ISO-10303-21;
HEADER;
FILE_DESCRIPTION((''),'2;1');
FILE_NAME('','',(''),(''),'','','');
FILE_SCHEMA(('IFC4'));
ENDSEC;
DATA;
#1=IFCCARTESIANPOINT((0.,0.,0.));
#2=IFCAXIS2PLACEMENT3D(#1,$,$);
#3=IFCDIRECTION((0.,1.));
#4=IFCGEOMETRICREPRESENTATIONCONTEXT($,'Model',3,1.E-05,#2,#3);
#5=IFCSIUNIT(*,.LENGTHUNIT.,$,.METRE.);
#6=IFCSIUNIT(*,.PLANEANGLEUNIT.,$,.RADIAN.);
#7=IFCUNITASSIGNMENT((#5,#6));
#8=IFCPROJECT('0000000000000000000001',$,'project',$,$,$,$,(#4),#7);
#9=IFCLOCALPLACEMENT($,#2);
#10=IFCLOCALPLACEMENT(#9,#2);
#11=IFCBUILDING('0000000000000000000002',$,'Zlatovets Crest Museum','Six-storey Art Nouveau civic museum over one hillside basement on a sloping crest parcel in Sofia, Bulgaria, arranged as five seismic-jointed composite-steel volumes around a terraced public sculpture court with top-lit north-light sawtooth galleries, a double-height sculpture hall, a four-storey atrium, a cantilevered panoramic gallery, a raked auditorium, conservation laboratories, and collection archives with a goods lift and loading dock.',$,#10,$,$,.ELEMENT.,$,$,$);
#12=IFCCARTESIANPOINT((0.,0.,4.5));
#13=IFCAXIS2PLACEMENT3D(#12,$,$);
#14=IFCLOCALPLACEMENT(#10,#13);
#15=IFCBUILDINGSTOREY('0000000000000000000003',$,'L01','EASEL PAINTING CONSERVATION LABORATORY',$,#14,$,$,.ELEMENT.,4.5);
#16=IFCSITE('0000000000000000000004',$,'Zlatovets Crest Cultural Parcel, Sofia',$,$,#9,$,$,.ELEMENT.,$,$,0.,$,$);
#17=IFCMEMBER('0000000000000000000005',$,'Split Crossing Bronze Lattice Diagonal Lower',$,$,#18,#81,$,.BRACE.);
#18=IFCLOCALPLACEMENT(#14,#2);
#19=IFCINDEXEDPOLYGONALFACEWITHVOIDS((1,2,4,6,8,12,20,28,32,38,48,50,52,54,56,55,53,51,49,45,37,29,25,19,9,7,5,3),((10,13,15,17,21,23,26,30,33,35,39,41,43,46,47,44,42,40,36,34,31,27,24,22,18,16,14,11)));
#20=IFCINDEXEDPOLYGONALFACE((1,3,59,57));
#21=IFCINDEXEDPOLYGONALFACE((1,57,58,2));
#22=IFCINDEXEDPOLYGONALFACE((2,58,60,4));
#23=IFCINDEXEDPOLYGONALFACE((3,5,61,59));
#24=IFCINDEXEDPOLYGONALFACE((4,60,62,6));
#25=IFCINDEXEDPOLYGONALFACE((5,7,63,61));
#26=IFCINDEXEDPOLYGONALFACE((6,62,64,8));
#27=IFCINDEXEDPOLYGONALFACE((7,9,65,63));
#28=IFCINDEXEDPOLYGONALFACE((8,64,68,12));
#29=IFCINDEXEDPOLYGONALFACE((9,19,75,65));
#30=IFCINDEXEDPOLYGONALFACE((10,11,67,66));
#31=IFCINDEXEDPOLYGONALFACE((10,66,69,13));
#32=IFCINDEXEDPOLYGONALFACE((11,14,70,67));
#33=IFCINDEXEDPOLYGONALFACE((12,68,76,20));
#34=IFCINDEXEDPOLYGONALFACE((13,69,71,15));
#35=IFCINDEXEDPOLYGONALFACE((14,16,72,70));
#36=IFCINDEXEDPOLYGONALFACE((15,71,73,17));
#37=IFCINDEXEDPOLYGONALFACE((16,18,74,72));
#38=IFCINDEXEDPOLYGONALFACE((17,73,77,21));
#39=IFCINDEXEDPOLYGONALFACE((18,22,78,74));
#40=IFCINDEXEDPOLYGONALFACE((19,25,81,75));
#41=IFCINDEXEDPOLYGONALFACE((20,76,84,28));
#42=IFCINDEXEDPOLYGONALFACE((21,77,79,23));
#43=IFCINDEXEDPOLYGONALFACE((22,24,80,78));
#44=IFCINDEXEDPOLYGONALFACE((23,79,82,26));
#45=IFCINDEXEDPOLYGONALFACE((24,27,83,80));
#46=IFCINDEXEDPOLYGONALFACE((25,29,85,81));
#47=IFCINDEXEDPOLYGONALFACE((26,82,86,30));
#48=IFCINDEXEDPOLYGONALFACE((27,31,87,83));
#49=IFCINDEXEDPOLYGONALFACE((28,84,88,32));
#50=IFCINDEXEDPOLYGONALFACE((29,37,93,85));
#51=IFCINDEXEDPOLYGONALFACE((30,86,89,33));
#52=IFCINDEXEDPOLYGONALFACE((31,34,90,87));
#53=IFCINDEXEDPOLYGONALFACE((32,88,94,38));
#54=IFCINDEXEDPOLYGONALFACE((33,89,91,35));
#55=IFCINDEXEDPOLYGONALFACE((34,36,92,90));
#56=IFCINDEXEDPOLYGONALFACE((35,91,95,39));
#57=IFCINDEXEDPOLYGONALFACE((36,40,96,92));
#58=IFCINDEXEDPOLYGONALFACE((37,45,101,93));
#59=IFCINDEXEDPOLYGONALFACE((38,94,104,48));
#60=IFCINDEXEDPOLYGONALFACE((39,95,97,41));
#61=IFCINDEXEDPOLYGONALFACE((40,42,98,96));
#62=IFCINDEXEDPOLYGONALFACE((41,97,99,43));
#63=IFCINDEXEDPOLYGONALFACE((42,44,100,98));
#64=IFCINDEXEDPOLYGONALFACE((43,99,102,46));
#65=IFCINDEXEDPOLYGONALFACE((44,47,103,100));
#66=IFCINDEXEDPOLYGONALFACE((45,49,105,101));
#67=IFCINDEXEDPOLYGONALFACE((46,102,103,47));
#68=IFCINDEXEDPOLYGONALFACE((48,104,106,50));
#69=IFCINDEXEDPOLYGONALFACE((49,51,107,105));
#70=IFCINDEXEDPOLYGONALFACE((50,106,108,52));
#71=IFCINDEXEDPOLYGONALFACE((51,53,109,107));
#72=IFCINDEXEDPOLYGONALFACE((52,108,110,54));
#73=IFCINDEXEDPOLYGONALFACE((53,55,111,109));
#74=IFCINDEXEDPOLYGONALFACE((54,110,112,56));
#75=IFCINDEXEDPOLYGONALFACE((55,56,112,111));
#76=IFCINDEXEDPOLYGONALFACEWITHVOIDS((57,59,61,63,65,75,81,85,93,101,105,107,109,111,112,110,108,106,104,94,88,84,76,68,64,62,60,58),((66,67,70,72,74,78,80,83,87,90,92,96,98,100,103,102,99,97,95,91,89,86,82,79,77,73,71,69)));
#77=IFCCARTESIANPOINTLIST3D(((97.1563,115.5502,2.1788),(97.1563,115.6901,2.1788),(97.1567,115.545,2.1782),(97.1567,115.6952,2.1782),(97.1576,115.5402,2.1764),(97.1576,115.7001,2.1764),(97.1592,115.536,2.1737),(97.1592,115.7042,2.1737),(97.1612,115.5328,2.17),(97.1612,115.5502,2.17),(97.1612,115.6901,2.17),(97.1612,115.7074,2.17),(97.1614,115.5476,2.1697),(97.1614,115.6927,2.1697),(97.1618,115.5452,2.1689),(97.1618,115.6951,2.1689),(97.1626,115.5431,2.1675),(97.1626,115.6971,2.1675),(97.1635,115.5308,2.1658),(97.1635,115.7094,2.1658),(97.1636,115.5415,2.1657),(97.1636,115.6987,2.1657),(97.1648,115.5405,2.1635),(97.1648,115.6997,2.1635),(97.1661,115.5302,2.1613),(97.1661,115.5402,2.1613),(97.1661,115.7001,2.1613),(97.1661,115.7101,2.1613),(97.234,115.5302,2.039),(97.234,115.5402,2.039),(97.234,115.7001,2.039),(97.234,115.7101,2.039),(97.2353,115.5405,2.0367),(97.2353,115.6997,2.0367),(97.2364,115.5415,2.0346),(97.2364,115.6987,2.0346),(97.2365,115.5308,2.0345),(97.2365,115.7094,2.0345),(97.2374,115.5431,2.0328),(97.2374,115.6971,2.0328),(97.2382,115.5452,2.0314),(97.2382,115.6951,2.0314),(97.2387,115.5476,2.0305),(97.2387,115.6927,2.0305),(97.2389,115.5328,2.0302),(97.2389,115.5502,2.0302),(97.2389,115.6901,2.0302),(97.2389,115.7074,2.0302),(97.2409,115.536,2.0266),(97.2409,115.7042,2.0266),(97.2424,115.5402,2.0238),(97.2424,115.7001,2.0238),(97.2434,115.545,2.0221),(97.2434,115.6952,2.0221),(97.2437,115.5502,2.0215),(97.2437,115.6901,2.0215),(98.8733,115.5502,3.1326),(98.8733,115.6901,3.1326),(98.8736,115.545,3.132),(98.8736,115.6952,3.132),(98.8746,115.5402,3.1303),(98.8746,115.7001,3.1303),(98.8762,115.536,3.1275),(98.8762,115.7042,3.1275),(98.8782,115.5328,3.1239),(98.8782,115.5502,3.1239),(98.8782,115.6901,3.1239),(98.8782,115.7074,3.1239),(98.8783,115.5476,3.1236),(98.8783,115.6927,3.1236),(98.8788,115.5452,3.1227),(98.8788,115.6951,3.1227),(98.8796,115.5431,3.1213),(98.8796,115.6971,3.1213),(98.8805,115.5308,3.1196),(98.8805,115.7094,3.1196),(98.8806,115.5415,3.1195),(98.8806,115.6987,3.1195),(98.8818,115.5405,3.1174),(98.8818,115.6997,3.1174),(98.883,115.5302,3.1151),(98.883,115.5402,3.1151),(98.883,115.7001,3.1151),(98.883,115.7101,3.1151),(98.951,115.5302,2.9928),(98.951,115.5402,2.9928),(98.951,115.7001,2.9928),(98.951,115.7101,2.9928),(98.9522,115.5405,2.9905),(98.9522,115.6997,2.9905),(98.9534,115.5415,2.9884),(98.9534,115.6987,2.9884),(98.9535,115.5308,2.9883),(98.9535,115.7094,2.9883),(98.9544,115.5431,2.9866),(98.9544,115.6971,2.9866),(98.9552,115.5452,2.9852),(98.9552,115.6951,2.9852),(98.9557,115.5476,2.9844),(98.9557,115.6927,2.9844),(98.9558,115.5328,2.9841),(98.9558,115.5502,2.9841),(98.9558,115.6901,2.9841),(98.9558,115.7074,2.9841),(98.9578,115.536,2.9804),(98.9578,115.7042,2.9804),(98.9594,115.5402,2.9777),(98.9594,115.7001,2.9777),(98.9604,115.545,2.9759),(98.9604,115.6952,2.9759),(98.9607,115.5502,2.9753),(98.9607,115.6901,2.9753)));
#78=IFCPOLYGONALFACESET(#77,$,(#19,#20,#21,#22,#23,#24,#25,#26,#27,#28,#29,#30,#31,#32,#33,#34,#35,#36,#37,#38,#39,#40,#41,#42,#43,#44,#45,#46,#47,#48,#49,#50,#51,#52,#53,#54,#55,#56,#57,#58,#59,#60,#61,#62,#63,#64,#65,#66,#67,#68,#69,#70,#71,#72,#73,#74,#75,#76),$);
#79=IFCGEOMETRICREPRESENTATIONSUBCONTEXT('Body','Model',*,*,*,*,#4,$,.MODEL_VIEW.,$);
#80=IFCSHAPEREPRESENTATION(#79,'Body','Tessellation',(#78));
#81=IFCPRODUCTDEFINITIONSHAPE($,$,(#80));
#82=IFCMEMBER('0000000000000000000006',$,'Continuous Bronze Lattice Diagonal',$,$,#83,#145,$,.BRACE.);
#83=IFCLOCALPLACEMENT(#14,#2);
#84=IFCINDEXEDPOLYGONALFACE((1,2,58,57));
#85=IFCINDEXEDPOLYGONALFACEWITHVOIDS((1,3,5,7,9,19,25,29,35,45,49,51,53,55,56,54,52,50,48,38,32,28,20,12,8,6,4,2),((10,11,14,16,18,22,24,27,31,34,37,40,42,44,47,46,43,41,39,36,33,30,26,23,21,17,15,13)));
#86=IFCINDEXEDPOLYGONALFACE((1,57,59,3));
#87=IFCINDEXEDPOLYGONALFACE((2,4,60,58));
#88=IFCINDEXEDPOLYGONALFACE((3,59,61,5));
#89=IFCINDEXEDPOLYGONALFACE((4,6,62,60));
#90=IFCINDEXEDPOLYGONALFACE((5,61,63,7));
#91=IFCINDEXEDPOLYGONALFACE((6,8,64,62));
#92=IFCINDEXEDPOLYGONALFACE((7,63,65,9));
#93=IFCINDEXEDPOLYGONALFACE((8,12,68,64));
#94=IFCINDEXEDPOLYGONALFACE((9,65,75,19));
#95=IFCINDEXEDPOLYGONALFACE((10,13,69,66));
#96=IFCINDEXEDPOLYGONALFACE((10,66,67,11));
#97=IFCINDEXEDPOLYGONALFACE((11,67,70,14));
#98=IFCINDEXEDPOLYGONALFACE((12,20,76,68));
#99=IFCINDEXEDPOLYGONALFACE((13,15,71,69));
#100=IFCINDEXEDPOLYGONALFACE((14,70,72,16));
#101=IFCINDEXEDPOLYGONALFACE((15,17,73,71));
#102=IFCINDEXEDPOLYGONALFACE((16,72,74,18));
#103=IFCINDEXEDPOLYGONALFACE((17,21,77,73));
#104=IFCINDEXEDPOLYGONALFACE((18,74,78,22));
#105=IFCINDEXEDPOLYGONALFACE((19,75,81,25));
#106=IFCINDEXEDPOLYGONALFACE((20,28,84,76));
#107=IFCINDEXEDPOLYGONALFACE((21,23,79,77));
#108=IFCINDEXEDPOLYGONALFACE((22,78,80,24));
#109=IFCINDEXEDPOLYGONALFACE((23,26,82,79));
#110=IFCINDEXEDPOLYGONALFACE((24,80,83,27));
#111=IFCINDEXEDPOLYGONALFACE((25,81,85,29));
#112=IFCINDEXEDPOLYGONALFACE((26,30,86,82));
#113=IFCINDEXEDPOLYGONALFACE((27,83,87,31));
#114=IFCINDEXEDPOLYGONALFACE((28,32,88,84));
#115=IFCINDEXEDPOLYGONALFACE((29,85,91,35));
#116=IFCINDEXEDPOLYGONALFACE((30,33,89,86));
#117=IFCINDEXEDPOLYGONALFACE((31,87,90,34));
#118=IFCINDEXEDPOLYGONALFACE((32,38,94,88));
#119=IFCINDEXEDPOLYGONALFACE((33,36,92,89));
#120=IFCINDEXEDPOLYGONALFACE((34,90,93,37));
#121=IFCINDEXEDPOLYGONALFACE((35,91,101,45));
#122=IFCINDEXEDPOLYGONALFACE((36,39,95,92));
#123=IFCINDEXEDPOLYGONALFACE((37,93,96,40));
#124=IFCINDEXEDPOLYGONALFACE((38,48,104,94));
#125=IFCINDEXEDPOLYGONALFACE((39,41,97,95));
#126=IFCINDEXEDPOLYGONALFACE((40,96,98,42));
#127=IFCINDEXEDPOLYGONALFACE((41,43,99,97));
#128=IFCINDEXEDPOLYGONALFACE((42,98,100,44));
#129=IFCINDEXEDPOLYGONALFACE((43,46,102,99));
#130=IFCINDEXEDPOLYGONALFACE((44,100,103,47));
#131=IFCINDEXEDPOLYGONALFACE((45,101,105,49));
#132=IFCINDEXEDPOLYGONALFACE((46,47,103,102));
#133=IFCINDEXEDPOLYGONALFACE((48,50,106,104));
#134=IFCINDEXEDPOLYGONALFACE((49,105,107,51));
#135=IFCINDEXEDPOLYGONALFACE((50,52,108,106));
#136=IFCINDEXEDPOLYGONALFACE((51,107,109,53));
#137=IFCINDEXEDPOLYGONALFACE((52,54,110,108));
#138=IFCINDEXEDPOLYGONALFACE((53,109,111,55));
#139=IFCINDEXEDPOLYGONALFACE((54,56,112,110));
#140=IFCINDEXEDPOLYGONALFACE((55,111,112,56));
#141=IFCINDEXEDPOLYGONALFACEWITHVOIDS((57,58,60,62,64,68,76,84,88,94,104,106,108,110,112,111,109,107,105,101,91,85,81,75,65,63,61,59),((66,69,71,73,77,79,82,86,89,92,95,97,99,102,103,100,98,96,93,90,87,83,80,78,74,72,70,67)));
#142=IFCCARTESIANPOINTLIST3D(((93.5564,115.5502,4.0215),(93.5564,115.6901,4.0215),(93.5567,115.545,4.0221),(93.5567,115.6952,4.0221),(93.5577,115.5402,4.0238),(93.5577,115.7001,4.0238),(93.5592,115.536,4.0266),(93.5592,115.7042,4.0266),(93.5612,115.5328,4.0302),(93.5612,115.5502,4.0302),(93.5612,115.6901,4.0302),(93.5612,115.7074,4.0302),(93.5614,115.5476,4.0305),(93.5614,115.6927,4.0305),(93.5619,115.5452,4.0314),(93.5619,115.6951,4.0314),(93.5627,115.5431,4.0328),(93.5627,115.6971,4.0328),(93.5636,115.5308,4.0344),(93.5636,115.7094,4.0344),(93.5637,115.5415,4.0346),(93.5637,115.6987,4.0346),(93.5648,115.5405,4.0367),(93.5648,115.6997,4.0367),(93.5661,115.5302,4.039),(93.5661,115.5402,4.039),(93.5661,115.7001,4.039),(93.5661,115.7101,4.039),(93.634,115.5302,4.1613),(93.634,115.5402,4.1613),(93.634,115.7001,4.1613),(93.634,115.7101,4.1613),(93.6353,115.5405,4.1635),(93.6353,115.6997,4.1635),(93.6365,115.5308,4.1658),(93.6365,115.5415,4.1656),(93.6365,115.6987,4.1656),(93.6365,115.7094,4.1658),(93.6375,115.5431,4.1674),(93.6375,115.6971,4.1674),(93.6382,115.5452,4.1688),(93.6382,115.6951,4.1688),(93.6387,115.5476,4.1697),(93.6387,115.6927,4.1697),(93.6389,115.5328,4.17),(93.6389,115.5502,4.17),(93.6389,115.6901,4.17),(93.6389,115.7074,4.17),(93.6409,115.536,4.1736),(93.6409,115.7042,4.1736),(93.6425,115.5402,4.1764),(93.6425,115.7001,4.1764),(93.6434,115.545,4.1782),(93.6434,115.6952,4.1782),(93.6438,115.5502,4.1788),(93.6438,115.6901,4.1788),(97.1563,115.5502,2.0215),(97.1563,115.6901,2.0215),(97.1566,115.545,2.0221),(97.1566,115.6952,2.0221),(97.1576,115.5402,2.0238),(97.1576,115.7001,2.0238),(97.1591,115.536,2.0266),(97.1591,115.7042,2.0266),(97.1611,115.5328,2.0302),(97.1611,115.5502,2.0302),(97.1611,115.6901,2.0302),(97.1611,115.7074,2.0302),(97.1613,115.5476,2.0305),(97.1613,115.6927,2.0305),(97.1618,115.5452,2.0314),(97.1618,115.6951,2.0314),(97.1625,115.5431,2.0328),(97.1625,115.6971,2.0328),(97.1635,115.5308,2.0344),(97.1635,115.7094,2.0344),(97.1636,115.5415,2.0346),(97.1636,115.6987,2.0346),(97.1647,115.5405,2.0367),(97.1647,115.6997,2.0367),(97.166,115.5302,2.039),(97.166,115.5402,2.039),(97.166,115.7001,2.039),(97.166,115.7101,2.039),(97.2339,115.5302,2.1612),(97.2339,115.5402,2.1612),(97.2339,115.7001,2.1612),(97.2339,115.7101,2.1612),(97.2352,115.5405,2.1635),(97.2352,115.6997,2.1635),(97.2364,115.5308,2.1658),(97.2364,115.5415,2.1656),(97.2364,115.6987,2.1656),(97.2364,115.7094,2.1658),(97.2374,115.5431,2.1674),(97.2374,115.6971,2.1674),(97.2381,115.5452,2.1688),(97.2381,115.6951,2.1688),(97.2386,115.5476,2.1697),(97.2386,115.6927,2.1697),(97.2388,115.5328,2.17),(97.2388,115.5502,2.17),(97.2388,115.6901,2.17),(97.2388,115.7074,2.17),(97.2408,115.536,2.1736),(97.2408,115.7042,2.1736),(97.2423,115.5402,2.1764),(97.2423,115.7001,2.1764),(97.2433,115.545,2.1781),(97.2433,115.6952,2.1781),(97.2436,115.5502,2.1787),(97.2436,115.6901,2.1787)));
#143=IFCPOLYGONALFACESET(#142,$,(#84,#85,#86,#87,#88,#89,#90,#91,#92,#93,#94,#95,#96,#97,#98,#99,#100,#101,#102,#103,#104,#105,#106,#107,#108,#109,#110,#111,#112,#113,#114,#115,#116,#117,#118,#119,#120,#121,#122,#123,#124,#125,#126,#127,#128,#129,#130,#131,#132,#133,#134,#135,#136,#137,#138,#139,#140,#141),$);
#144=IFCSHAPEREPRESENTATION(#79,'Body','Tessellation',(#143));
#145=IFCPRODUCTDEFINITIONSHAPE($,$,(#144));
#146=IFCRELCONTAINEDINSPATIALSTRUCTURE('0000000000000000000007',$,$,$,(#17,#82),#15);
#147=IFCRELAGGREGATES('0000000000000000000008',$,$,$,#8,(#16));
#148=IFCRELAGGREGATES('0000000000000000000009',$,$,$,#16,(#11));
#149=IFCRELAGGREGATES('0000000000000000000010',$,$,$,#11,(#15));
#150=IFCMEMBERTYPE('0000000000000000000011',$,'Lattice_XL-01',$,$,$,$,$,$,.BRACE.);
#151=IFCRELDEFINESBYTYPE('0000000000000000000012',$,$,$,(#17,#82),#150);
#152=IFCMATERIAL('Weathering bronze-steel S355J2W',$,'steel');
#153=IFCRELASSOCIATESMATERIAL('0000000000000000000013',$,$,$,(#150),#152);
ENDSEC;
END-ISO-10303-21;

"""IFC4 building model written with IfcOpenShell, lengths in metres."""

from ifc_helpers import new_model, si_unit, direction, frame, origin, origin_2d, place, context, subcontext, project, spatial, hollow_rectangle, extrude, material, material_profile, profile_set, type_object, element, save


model = new_model("IFC4")

# Units and contexts
model_context = context("Model", 3, precision=1e-05, world=origin(), true_north=direction((0.0, 1.0)))
body_context = subcontext(model_context, "Body", "Model", "MODEL_VIEW")
ifc_project = project(units=[si_unit("LENGTHUNIT", "METRE"), si_unit("PLANEANGLEUNIT", "RADIAN")], contexts=[model_context])

# Site, building, storey
site_placement = place(None, origin())
site = spatial("IfcSite", under=ifc_project, at=site_placement, Name="Zlatovets Crest Cultural Parcel, Sofia", CompositionType="ELEMENT", RefElevation=0.0)
building_placement = place(site_placement, origin())
building = spatial("IfcBuilding", under=site, at=building_placement, Name="Zlatovets Crest Museum", Description="Six-storey Art Nouveau civic museum over one hillside basement on a sloping crest parcel in Sofia, Bulgaria, arranged as five seismic-jointed composite-steel volumes around a terraced public sculpture court with top-lit north-light sawtooth galleries, a double-height sculpture hall, a four-storey atrium, a cantilevered panoramic gallery, a raked auditorium, conservation laboratories, and collection archives with a goods lift and loading dock.", CompositionType="ELEMENT")
storey_placement = place(building_placement, frame((0.0, 0.0, 4.5)))
storey = spatial("IfcBuildingStorey", under=building, at=storey_placement, Name="L01", Description="EASEL PAINTING CONSERVATION LABORATORY", CompositionType="ELEMENT", Elevation=4.5)

# Members
ifc_material_1 = material(Name="Weathering bronze-steel S355J2W", Category="steel")
ifc_material_profile_1 = material_profile(ifc_material_1, hollow_rectangle(XDim=0.1799, YDim=0.1799, WallThickness=0.01, InnerFilletRadius=0.01, OuterFilletRadius=0.02, at=origin_2d()), Name="SHS 180x180x10.0")
ifc_profile_set_1 = profile_set([ifc_material_profile_1], Name="Weathering bronze-steel S355J2W")
member_type_1 = type_object("IfcMemberType", Name="Lattice_XL-01", PredefinedType="BRACE", material=ifc_profile_set_1)
member_1_placement = place(storey_placement, frame((98.917, 115.6201, 3.054), z_axis=(-0.874169, 0.0, -0.485622), x_axis=(0.0, -1.0, 0.0)))
element("IfcMember", 1, at=member_1_placement, inside=storey, type_object=member_type_1, Name="Split Crossing Bronze Lattice Diagonal Lower", PredefinedType="BRACE", context=body_context, shape_type="SweptSolid", body=[
    extrude(hollow_rectangle(XDim=0.1799, YDim=0.1799, WallThickness=0.01, InnerFilletRadius=0.01, OuterFilletRadius=0.02, at=origin_2d()), origin(), (0.0, 0.0, 1.0), 1.9641),
])
member_2_placement = place(storey_placement, frame((97.2, 115.6201, 2.1001), z_axis=(-0.874149, 0.0, 0.485658), x_axis=(0.0, -1.0, 0.0)))
element("IfcMember", 2, at=member_2_placement, inside=storey, type_object=member_type_1, Name="Continuous Bronze Lattice Diagonal", PredefinedType="BRACE", context=body_context, shape_type="SweptSolid", body=[
    extrude(hollow_rectangle(XDim=0.1799, YDim=0.1799, WallThickness=0.01, InnerFilletRadius=0.01, OuterFilletRadius=0.02, at=origin_2d()), origin(), (0.0, 0.0, 1.0), 4.1182),
])

save(model, "model.ifc")
